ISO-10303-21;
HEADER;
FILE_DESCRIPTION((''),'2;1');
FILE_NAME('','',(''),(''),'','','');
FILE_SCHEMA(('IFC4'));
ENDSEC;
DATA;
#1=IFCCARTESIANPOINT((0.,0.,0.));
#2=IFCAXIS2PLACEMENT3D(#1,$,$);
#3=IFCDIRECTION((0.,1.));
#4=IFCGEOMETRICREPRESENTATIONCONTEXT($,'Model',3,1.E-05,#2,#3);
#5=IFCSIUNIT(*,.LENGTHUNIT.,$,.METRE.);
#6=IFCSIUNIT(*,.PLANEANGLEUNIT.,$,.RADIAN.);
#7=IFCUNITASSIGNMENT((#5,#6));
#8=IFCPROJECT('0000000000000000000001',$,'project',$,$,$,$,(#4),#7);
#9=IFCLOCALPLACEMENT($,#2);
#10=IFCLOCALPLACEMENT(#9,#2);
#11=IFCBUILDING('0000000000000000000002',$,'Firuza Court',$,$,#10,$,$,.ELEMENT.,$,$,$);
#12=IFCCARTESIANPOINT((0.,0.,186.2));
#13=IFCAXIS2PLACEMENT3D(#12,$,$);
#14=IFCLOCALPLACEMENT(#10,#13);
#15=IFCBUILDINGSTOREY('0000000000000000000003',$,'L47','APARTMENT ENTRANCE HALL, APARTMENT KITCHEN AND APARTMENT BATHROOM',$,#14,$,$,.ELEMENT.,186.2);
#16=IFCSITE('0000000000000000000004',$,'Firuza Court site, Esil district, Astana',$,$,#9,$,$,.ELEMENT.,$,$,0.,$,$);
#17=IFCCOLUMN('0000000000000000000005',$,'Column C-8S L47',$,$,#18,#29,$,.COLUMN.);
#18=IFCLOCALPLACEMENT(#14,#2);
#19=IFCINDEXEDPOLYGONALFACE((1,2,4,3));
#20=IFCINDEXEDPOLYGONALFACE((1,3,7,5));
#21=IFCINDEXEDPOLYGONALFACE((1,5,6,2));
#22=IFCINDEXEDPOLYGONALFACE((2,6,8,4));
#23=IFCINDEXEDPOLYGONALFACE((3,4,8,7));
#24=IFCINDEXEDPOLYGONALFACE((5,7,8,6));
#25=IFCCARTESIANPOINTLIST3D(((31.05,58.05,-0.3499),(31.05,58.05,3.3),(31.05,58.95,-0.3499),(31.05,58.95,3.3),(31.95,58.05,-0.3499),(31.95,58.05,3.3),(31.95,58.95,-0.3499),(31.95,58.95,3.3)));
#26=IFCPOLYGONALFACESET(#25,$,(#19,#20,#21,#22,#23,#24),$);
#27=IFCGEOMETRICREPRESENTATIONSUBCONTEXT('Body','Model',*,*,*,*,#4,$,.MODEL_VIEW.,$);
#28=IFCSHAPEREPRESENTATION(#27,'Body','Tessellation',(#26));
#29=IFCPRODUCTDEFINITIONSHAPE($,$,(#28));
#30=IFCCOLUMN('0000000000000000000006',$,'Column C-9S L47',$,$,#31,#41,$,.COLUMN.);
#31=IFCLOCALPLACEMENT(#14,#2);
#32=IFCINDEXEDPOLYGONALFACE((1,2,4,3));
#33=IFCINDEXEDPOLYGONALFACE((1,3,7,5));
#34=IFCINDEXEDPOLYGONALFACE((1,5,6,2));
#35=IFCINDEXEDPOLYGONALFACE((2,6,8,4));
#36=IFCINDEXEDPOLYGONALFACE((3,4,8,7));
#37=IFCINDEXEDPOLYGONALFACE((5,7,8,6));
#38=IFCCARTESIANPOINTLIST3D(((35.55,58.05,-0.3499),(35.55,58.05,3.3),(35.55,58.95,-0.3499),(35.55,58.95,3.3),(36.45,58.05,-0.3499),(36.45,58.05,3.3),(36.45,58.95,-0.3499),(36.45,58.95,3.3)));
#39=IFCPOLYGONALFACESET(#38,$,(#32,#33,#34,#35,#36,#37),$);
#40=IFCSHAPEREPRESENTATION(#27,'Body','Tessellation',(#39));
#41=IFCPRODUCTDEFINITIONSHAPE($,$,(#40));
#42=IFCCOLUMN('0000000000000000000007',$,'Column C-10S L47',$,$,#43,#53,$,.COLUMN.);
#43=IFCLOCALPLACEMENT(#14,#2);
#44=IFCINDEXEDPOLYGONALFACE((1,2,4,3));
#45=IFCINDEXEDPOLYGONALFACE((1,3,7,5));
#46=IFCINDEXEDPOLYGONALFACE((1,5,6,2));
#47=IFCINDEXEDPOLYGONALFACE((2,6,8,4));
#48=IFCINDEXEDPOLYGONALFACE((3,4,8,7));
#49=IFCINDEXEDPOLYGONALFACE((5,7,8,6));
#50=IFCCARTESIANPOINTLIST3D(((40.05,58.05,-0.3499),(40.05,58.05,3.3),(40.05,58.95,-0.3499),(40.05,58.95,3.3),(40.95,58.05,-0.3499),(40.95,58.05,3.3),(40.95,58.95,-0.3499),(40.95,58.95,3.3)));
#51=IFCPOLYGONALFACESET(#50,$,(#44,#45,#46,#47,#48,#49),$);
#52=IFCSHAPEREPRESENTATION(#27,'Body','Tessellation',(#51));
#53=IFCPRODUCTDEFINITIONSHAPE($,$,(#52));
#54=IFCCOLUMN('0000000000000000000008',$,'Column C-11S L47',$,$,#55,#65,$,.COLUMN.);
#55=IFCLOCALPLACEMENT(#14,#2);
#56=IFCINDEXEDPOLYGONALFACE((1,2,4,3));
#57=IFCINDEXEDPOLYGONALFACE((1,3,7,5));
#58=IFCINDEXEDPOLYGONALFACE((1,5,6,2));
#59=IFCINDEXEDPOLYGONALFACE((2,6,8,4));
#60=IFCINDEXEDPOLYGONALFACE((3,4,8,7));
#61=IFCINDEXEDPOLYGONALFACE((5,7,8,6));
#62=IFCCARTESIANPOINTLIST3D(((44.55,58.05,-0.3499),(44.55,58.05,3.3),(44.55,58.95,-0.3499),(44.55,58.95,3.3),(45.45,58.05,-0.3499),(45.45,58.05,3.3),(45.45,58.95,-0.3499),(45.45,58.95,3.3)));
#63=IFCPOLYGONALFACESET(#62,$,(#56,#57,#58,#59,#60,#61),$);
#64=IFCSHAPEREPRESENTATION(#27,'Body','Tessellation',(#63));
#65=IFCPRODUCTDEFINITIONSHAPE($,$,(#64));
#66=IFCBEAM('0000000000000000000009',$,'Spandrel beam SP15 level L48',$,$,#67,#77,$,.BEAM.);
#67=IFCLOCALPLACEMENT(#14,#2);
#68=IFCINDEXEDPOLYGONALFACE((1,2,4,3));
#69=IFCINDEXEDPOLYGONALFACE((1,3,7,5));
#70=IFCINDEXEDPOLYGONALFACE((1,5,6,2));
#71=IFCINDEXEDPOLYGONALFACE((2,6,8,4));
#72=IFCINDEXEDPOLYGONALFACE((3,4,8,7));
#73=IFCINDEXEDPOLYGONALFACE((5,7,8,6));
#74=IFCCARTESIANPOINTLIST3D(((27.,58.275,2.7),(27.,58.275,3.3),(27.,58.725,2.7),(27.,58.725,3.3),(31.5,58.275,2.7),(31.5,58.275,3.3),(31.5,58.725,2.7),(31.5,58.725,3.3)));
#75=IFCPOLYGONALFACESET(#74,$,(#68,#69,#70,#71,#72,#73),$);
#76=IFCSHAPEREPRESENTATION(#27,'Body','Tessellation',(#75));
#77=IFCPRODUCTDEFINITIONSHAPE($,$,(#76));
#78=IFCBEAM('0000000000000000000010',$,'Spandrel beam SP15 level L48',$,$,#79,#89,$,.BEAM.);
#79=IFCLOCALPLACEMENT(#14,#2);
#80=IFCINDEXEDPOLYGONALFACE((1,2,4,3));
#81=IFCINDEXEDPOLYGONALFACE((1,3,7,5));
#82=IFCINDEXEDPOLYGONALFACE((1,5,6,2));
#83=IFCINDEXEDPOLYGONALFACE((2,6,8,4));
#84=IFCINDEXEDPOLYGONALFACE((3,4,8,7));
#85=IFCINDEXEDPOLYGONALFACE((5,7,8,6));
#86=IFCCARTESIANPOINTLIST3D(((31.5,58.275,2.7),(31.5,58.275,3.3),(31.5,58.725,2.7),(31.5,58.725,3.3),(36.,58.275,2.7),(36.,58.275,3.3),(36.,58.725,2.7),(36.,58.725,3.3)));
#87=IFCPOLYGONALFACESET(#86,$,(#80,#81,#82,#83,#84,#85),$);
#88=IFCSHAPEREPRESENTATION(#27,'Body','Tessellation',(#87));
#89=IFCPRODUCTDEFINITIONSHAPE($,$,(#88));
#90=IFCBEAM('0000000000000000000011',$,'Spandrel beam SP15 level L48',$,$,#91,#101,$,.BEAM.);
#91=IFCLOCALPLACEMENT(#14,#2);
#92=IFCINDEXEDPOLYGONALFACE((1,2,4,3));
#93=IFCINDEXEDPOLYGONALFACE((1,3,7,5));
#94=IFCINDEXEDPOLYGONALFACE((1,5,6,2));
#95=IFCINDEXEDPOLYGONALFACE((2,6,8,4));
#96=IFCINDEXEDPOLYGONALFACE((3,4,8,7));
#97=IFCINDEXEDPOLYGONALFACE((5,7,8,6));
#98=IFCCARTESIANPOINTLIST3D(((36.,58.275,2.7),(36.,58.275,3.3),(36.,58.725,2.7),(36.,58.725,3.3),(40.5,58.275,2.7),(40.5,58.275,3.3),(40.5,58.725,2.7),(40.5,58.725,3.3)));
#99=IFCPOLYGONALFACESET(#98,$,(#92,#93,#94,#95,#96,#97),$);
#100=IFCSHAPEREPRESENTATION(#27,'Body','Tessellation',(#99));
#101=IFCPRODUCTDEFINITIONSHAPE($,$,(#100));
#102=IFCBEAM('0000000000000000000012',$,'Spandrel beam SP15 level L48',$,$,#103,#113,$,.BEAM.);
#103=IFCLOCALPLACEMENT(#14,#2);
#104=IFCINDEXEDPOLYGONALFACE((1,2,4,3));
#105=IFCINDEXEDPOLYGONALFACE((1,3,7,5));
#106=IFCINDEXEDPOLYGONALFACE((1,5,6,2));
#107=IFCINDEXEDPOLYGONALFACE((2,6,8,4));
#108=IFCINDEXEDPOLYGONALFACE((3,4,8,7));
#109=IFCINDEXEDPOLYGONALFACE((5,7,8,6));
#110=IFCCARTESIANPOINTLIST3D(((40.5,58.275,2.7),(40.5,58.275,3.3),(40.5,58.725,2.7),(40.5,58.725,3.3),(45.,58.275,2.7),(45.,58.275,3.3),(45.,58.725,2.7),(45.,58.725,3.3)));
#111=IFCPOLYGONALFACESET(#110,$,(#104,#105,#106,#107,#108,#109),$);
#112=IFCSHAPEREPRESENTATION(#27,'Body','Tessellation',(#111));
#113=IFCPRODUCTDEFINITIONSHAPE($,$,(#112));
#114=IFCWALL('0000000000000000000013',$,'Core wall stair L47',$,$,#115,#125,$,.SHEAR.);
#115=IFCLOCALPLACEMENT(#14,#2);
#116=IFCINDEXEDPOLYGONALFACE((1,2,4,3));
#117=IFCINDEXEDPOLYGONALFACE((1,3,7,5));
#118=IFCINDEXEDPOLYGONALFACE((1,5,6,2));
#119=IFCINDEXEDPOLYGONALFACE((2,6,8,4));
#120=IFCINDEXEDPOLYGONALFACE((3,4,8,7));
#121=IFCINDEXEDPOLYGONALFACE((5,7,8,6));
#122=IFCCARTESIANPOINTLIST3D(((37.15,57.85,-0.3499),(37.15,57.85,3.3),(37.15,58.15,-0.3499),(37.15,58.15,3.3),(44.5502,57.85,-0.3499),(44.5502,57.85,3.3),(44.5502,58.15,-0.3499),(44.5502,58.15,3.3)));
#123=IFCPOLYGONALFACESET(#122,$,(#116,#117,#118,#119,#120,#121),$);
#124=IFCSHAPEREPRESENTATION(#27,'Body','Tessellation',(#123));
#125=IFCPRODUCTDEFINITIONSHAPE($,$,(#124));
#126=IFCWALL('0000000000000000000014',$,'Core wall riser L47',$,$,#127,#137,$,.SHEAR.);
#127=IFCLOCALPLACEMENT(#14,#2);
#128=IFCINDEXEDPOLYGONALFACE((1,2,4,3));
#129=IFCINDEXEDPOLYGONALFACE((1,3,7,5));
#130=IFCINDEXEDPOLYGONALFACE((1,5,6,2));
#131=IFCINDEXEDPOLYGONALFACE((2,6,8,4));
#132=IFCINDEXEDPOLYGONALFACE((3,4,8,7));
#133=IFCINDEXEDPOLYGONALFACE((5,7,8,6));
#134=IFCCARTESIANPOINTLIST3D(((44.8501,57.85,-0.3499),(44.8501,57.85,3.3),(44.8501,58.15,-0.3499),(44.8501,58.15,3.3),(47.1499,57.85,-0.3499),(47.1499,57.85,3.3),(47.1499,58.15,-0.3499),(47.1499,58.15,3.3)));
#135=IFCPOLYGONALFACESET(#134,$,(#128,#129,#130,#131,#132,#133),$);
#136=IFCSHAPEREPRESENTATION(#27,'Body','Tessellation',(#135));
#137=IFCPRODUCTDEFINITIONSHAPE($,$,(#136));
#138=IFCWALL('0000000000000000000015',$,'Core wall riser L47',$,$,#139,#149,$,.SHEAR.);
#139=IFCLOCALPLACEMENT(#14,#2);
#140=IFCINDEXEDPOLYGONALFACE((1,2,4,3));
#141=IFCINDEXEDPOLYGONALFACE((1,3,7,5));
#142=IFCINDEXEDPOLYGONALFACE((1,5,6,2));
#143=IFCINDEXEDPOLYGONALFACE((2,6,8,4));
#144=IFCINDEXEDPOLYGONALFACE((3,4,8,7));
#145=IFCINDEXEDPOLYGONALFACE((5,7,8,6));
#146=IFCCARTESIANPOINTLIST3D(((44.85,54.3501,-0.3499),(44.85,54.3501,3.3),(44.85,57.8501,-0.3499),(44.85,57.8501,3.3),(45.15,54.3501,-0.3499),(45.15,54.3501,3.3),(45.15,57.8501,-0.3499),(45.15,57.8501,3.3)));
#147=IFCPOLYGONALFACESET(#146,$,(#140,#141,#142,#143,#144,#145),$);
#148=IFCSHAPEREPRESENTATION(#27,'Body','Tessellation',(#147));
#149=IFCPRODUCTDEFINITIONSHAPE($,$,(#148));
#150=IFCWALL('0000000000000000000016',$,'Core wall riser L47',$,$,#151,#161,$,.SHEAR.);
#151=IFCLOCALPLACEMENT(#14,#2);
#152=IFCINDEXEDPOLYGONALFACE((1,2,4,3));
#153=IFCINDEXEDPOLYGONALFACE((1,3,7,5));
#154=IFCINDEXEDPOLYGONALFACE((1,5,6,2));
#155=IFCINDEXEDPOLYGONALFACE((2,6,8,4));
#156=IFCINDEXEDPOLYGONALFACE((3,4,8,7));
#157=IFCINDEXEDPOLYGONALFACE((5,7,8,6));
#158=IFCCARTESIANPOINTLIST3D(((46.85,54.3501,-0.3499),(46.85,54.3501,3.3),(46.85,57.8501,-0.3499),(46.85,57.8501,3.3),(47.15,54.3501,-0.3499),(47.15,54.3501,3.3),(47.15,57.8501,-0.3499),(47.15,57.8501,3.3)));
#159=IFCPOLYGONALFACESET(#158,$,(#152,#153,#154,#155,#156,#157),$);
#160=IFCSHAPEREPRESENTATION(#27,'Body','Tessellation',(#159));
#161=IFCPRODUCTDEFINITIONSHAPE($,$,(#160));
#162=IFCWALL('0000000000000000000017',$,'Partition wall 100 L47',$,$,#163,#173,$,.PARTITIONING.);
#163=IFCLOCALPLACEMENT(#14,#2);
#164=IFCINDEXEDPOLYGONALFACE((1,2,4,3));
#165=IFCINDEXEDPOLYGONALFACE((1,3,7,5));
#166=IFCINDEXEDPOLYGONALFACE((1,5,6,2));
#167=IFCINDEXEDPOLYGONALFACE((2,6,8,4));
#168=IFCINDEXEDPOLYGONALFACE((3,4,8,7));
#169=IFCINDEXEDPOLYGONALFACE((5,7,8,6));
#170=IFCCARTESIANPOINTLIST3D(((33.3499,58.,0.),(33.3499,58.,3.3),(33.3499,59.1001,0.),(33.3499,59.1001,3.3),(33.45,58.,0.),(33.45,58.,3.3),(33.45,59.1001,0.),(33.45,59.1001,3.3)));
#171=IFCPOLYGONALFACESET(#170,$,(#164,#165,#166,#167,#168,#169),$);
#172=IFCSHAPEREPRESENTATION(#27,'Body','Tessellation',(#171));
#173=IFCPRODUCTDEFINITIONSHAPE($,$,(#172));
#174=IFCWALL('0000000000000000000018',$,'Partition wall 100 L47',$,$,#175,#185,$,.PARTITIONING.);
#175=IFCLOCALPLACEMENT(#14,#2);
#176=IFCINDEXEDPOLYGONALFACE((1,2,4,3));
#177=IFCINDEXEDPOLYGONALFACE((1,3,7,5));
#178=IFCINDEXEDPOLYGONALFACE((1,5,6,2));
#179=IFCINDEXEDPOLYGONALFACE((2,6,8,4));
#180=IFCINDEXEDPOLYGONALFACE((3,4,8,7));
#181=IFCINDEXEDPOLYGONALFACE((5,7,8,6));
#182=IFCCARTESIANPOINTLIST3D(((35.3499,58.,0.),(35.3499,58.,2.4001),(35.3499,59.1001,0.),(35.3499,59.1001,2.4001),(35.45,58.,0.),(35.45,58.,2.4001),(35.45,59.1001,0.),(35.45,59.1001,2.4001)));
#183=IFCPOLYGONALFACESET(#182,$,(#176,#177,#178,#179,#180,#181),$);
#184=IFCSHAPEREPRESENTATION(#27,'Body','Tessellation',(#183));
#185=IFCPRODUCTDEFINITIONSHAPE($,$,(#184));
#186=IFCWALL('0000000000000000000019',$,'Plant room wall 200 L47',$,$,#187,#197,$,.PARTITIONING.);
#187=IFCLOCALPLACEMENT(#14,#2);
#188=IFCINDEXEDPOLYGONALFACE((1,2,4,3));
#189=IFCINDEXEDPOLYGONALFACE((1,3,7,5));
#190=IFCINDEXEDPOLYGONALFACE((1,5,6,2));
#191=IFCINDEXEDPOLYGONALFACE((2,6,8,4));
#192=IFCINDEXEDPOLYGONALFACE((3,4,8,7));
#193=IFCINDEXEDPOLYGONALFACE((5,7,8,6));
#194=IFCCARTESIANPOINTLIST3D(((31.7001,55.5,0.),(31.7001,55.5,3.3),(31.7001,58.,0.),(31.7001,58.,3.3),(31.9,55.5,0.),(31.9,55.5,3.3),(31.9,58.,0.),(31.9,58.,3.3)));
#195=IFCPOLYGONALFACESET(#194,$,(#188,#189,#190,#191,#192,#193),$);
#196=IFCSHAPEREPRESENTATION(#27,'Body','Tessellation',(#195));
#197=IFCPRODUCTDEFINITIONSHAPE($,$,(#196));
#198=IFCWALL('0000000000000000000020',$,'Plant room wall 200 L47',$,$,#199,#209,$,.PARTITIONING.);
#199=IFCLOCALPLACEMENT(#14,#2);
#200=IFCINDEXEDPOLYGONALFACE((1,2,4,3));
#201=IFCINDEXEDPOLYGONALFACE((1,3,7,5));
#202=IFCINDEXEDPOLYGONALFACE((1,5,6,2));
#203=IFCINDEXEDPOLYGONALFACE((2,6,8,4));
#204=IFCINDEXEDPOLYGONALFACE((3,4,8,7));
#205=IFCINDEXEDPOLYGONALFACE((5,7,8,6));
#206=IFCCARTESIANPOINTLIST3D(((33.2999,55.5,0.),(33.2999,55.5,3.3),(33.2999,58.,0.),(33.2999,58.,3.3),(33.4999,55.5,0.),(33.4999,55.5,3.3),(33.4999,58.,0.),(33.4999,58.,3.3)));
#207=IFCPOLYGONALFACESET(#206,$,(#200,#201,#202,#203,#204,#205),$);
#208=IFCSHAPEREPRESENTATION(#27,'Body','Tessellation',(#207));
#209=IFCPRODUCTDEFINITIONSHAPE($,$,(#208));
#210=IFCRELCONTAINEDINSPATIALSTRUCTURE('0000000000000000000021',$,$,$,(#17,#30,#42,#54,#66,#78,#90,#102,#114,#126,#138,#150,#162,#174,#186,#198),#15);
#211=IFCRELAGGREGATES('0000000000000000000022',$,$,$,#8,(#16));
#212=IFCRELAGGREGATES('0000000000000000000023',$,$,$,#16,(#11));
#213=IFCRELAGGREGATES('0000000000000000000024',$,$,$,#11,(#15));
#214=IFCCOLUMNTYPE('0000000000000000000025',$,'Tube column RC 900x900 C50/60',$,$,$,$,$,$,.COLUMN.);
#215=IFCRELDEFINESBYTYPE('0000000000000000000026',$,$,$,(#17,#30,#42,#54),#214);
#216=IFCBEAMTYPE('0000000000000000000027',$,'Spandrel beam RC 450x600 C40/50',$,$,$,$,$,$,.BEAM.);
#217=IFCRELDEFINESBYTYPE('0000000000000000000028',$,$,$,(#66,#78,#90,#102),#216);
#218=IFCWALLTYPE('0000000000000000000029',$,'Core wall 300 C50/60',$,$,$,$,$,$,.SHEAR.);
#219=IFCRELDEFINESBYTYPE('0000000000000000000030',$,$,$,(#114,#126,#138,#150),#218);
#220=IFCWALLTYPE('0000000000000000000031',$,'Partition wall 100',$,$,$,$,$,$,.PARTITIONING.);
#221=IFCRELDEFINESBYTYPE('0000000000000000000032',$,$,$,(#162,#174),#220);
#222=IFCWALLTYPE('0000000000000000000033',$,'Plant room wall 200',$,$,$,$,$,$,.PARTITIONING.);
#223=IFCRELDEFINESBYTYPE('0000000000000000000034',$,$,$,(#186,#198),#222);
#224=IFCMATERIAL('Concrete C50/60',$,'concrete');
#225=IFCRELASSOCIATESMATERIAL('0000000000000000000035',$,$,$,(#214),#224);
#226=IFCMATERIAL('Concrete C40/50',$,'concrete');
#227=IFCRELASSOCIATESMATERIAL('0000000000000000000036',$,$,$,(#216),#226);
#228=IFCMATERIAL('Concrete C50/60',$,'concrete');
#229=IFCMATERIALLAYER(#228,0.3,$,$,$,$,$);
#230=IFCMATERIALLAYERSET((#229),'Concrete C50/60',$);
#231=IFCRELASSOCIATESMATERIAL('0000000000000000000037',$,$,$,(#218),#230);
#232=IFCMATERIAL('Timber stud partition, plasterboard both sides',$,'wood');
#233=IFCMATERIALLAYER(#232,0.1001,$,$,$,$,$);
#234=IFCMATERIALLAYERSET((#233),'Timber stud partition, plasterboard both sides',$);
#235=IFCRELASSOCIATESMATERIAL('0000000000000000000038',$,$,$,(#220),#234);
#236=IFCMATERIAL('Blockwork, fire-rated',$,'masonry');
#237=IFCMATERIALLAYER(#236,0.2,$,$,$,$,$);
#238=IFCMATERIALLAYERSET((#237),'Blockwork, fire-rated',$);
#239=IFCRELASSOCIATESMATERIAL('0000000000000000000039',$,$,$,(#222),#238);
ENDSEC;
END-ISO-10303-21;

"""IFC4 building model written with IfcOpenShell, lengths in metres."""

from ifc_helpers import new_model, si_unit, direction, frame, frame_2d, origin, origin_2d, place, context, subcontext, project, spatial, rectangle, extrude, material, layer, layer_set, material_profile, profile_set, type_object, element, save


model = new_model("IFC4")

# Units and contexts
model_context = context("Model", 3, precision=1e-05, world=origin(), true_north=direction((0.0, 1.0)))
body_context = subcontext(model_context, "Body", "Model", "MODEL_VIEW")
ifc_project = project(units=[si_unit("LENGTHUNIT", "METRE"), si_unit("PLANEANGLEUNIT", "RADIAN")], contexts=[model_context])

# Site, building, storey
site_placement = place(None, origin())
site = spatial("IfcSite", under=ifc_project, at=site_placement, Name="Firuza Court site, Esil district, Astana", CompositionType="ELEMENT", RefElevation=0.0)
building_placement = place(site_placement, origin())
building = spatial("IfcBuilding", under=site, at=building_placement, Name="Firuza Court", CompositionType="ELEMENT")
storey_placement = place(building_placement, frame((0.0, 0.0, 186.2)))
storey = spatial("IfcBuildingStorey", under=building, at=storey_placement, Name="L47", Description="APARTMENT ENTRANCE HALL, APARTMENT KITCHEN AND APARTMENT BATHROOM", CompositionType="ELEMENT", Elevation=186.2)

# Columns
ifc_material_1 = material(Name="Concrete C50/60", Category="concrete")
ifc_material_profile_1 = material_profile(ifc_material_1, rectangle(XDim=0.8999, YDim=0.8999, at=origin_2d()), Name="RC 900x900")
ifc_profile_set_1 = profile_set([ifc_material_profile_1], Name="Concrete C50/60")
column_type = type_object("IfcColumnType", Name="Tube column RC 900x900 C50/60", PredefinedType="COLUMN", material=ifc_profile_set_1)
for number, where, z_axis, x_axis, name in (
    (1, (31.5, 58.5, -0.3499), (0.0, 0.0, 1.0), (1.0, 0.0, 0.0), "Column C-8S L47"),
    (2, (36.0, 58.5, -0.3499), (0.0, 0.0, 1.0), (1.0, 0.0, 0.0), "Column C-9S L47"),
    (3, (40.5, 58.5, -0.3499), (0.0, 0.0, 1.0), (1.0, 0.0, 0.0), "Column C-10S L47"),
    (4, (45.0, 58.5, -0.3499), (0.0, 0.0, 1.0), (1.0, 0.0, 0.0), "Column C-11S L47"),
):
    element("IfcColumn", number, at=place(storey_placement, frame(where, z_axis=z_axis, x_axis=x_axis)), inside=storey, type_object=column_type, Name=name, PredefinedType="COLUMN", context=body_context, shape_type="SweptSolid", body=[
        extrude(rectangle(XDim=0.8999, YDim=0.8999, at=origin_2d()), origin(), (0.0, 0.0, 1.0), 3.6499),
    ])

# Beams
ifc_material_2 = material(Name="Concrete C40/50", Category="concrete")
ifc_material_profile_2 = material_profile(ifc_material_2, rectangle(XDim=0.45, YDim=0.6001, at=origin_2d()), Name="RC 450x600")
ifc_profile_set_2 = profile_set([ifc_material_profile_2], Name="Concrete C40/50")
beam_type = type_object("IfcBeamType", Name="Spandrel beam RC 450x600 C40/50", PredefinedType="BEAM", material=ifc_profile_set_2)
for number, where, z_axis, x_axis, name in (
    (5, (31.5, 58.5, 3.0), (-1.0, 0.0, 0.0), (0.0, -1.0, 0.0), "Spandrel beam SP15 level L48"),
    (6, (36.0, 58.5, 3.0), (-1.0, 0.0, 0.0), (0.0, -1.0, 0.0), "Spandrel beam SP15 level L48"),
    (7, (40.5, 58.5, 3.0), (-1.0, 0.0, 0.0), (0.0, -1.0, 0.0), "Spandrel beam SP15 level L48"),
    (8, (45.0, 58.5, 3.0), (-1.0, 0.0, 0.0), (0.0, -1.0, 0.0), "Spandrel beam SP15 level L48"),
):
    element("IfcBeam", number, at=place(storey_placement, frame(where, z_axis=z_axis, x_axis=x_axis)), inside=storey, type_object=beam_type, Name=name, PredefinedType="BEAM", context=body_context, shape_type="SweptSolid", body=[
        extrude(rectangle(XDim=0.45, YDim=0.6001, at=origin_2d()), origin(), (0.0, 0.0, 1.0), 4.5),
    ])

# Walls
ifc_material_3 = material(Name="Concrete C50/60", Category="concrete")
ifc_layer_1 = layer(ifc_material_3, 0.3)
ifc_layer_set_1 = layer_set([ifc_layer_1], Name="Concrete C50/60")
wall_type_1 = type_object("IfcWallType", Name="Core wall 300 C50/60", PredefinedType="SHEAR", material=ifc_layer_set_1)
wall_1_placement = place(storey_placement, frame((37.1499, 58.0, -0.3499), z_axis=(0.0, 0.0, 1.0), x_axis=(1.0, 0.0, 0.0)))
element("IfcWall", 9, at=wall_1_placement, inside=storey, type_object=wall_type_1, Name="Core wall stair L47", PredefinedType="SHEAR", context=body_context, shape_type="SweptSolid", body=[
    extrude(rectangle(XDim=7.4001, YDim=0.3, at=frame_2d((3.7002, 0.0))), origin(), (0.0, 0.0, 1.0), 3.6499),
])
wall_2_placement = place(storey_placement, frame((44.8501, 58.0, -0.3499), z_axis=(0.0, 0.0, 1.0), x_axis=(1.0, 0.0, 0.0)))
element("IfcWall", 10, at=wall_2_placement, inside=storey, type_object=wall_type_1, Name="Core wall riser L47", PredefinedType="SHEAR", context=body_context, shape_type="SweptSolid", body=[
    extrude(rectangle(XDim=2.2998, YDim=0.3, at=frame_2d((1.1499, 0.0))), origin(), (0.0, 0.0, 1.0), 3.6499),
])
for number, where, z_axis, x_axis, name in (
    (11, (45.0, 54.3501, -0.3499), (0.0, 0.0, 1.0), (0.0, 1.0, 0.0), "Core wall riser L47"),
    (12, (47.0, 54.3501, -0.3499), (0.0, 0.0, 1.0), (0.0, 1.0, 0.0), "Core wall riser L47"),
):
    element("IfcWall", number, at=place(storey_placement, frame(where, z_axis=z_axis, x_axis=x_axis)), inside=storey, type_object=wall_type_1, Name=name, PredefinedType="SHEAR", context=body_context, shape_type="SweptSolid", body=[
        extrude(rectangle(XDim=3.5, YDim=0.3, at=frame_2d((1.75, 0.0))), origin(), (0.0, 0.0, 1.0), 3.6499),
    ])
ifc_material_4 = material(Name="Timber stud partition, plasterboard both sides", Category="wood")
ifc_layer_2 = layer(ifc_material_4, 0.1001)
ifc_layer_set_2 = layer_set([ifc_layer_2], Name="Timber stud partition, plasterboard both sides")
wall_type_2 = type_object("IfcWallType", Name="Partition wall 100", PredefinedType="PARTITIONING", material=ifc_layer_set_2)
wall_3_placement = place(storey_placement, frame((33.3999, 58.0, 0.0), z_axis=(0.0, 0.0, 1.0), x_axis=(0.0, 1.0, 0.0)))
element("IfcWall", 13, at=wall_3_placement, inside=storey, type_object=wall_type_2, Name="Partition wall 100 L47", PredefinedType="PARTITIONING", context=body_context, shape_type="SweptSolid", body=[
    extrude(rectangle(XDim=1.1001, YDim=0.1001, at=frame_2d((0.55, 0.0))), origin(), (0.0, 0.0, 1.0), 3.3),
])
wall_4_placement = place(storey_placement, frame((35.3999, 58.0, 0.0), z_axis=(0.0, 0.0, 1.0), x_axis=(0.0, 1.0, 0.0)))
element("IfcWall", 14, at=wall_4_placement, inside=storey, type_object=wall_type_2, Name="Partition wall 100 L47", PredefinedType="PARTITIONING", context=body_context, shape_type="SweptSolid", body=[
    extrude(rectangle(XDim=1.1001, YDim=0.1001, at=frame_2d((0.55, 0.0))), origin(), (0.0, 0.0, 1.0), 2.4001),
])
ifc_material_5 = material(Name="Blockwork, fire-rated", Category="masonry")
ifc_layer_3 = layer(ifc_material_5, 0.2)
ifc_layer_set_3 = layer_set([ifc_layer_3], Name="Blockwork, fire-rated")
wall_type_3 = type_object("IfcWallType", Name="Plant room wall 200", PredefinedType="PARTITIONING", material=ifc_layer_set_3)
for number, where, z_axis, x_axis, name in (
    (15, (31.8, 55.5, 0.0), (0.0, 0.0, 1.0), (0.0, 1.0, 0.0), "Plant room wall 200 L47"),
    (16, (33.3999, 55.5, 0.0), (0.0, 0.0, 1.0), (0.0, 1.0, 0.0), "Plant room wall 200 L47"),
):
    element("IfcWall", number, at=place(storey_placement, frame(where, z_axis=z_axis, x_axis=x_axis)), inside=storey, type_object=wall_type_3, Name=name, PredefinedType="PARTITIONING", context=body_context, shape_type="SweptSolid", body=[
        extrude(rectangle(XDim=2.5, YDim=0.2, at=frame_2d((1.25, 0.0))), origin(), (0.0, 0.0, 1.0), 3.3),
    ])

save(model, "model.ifc")
